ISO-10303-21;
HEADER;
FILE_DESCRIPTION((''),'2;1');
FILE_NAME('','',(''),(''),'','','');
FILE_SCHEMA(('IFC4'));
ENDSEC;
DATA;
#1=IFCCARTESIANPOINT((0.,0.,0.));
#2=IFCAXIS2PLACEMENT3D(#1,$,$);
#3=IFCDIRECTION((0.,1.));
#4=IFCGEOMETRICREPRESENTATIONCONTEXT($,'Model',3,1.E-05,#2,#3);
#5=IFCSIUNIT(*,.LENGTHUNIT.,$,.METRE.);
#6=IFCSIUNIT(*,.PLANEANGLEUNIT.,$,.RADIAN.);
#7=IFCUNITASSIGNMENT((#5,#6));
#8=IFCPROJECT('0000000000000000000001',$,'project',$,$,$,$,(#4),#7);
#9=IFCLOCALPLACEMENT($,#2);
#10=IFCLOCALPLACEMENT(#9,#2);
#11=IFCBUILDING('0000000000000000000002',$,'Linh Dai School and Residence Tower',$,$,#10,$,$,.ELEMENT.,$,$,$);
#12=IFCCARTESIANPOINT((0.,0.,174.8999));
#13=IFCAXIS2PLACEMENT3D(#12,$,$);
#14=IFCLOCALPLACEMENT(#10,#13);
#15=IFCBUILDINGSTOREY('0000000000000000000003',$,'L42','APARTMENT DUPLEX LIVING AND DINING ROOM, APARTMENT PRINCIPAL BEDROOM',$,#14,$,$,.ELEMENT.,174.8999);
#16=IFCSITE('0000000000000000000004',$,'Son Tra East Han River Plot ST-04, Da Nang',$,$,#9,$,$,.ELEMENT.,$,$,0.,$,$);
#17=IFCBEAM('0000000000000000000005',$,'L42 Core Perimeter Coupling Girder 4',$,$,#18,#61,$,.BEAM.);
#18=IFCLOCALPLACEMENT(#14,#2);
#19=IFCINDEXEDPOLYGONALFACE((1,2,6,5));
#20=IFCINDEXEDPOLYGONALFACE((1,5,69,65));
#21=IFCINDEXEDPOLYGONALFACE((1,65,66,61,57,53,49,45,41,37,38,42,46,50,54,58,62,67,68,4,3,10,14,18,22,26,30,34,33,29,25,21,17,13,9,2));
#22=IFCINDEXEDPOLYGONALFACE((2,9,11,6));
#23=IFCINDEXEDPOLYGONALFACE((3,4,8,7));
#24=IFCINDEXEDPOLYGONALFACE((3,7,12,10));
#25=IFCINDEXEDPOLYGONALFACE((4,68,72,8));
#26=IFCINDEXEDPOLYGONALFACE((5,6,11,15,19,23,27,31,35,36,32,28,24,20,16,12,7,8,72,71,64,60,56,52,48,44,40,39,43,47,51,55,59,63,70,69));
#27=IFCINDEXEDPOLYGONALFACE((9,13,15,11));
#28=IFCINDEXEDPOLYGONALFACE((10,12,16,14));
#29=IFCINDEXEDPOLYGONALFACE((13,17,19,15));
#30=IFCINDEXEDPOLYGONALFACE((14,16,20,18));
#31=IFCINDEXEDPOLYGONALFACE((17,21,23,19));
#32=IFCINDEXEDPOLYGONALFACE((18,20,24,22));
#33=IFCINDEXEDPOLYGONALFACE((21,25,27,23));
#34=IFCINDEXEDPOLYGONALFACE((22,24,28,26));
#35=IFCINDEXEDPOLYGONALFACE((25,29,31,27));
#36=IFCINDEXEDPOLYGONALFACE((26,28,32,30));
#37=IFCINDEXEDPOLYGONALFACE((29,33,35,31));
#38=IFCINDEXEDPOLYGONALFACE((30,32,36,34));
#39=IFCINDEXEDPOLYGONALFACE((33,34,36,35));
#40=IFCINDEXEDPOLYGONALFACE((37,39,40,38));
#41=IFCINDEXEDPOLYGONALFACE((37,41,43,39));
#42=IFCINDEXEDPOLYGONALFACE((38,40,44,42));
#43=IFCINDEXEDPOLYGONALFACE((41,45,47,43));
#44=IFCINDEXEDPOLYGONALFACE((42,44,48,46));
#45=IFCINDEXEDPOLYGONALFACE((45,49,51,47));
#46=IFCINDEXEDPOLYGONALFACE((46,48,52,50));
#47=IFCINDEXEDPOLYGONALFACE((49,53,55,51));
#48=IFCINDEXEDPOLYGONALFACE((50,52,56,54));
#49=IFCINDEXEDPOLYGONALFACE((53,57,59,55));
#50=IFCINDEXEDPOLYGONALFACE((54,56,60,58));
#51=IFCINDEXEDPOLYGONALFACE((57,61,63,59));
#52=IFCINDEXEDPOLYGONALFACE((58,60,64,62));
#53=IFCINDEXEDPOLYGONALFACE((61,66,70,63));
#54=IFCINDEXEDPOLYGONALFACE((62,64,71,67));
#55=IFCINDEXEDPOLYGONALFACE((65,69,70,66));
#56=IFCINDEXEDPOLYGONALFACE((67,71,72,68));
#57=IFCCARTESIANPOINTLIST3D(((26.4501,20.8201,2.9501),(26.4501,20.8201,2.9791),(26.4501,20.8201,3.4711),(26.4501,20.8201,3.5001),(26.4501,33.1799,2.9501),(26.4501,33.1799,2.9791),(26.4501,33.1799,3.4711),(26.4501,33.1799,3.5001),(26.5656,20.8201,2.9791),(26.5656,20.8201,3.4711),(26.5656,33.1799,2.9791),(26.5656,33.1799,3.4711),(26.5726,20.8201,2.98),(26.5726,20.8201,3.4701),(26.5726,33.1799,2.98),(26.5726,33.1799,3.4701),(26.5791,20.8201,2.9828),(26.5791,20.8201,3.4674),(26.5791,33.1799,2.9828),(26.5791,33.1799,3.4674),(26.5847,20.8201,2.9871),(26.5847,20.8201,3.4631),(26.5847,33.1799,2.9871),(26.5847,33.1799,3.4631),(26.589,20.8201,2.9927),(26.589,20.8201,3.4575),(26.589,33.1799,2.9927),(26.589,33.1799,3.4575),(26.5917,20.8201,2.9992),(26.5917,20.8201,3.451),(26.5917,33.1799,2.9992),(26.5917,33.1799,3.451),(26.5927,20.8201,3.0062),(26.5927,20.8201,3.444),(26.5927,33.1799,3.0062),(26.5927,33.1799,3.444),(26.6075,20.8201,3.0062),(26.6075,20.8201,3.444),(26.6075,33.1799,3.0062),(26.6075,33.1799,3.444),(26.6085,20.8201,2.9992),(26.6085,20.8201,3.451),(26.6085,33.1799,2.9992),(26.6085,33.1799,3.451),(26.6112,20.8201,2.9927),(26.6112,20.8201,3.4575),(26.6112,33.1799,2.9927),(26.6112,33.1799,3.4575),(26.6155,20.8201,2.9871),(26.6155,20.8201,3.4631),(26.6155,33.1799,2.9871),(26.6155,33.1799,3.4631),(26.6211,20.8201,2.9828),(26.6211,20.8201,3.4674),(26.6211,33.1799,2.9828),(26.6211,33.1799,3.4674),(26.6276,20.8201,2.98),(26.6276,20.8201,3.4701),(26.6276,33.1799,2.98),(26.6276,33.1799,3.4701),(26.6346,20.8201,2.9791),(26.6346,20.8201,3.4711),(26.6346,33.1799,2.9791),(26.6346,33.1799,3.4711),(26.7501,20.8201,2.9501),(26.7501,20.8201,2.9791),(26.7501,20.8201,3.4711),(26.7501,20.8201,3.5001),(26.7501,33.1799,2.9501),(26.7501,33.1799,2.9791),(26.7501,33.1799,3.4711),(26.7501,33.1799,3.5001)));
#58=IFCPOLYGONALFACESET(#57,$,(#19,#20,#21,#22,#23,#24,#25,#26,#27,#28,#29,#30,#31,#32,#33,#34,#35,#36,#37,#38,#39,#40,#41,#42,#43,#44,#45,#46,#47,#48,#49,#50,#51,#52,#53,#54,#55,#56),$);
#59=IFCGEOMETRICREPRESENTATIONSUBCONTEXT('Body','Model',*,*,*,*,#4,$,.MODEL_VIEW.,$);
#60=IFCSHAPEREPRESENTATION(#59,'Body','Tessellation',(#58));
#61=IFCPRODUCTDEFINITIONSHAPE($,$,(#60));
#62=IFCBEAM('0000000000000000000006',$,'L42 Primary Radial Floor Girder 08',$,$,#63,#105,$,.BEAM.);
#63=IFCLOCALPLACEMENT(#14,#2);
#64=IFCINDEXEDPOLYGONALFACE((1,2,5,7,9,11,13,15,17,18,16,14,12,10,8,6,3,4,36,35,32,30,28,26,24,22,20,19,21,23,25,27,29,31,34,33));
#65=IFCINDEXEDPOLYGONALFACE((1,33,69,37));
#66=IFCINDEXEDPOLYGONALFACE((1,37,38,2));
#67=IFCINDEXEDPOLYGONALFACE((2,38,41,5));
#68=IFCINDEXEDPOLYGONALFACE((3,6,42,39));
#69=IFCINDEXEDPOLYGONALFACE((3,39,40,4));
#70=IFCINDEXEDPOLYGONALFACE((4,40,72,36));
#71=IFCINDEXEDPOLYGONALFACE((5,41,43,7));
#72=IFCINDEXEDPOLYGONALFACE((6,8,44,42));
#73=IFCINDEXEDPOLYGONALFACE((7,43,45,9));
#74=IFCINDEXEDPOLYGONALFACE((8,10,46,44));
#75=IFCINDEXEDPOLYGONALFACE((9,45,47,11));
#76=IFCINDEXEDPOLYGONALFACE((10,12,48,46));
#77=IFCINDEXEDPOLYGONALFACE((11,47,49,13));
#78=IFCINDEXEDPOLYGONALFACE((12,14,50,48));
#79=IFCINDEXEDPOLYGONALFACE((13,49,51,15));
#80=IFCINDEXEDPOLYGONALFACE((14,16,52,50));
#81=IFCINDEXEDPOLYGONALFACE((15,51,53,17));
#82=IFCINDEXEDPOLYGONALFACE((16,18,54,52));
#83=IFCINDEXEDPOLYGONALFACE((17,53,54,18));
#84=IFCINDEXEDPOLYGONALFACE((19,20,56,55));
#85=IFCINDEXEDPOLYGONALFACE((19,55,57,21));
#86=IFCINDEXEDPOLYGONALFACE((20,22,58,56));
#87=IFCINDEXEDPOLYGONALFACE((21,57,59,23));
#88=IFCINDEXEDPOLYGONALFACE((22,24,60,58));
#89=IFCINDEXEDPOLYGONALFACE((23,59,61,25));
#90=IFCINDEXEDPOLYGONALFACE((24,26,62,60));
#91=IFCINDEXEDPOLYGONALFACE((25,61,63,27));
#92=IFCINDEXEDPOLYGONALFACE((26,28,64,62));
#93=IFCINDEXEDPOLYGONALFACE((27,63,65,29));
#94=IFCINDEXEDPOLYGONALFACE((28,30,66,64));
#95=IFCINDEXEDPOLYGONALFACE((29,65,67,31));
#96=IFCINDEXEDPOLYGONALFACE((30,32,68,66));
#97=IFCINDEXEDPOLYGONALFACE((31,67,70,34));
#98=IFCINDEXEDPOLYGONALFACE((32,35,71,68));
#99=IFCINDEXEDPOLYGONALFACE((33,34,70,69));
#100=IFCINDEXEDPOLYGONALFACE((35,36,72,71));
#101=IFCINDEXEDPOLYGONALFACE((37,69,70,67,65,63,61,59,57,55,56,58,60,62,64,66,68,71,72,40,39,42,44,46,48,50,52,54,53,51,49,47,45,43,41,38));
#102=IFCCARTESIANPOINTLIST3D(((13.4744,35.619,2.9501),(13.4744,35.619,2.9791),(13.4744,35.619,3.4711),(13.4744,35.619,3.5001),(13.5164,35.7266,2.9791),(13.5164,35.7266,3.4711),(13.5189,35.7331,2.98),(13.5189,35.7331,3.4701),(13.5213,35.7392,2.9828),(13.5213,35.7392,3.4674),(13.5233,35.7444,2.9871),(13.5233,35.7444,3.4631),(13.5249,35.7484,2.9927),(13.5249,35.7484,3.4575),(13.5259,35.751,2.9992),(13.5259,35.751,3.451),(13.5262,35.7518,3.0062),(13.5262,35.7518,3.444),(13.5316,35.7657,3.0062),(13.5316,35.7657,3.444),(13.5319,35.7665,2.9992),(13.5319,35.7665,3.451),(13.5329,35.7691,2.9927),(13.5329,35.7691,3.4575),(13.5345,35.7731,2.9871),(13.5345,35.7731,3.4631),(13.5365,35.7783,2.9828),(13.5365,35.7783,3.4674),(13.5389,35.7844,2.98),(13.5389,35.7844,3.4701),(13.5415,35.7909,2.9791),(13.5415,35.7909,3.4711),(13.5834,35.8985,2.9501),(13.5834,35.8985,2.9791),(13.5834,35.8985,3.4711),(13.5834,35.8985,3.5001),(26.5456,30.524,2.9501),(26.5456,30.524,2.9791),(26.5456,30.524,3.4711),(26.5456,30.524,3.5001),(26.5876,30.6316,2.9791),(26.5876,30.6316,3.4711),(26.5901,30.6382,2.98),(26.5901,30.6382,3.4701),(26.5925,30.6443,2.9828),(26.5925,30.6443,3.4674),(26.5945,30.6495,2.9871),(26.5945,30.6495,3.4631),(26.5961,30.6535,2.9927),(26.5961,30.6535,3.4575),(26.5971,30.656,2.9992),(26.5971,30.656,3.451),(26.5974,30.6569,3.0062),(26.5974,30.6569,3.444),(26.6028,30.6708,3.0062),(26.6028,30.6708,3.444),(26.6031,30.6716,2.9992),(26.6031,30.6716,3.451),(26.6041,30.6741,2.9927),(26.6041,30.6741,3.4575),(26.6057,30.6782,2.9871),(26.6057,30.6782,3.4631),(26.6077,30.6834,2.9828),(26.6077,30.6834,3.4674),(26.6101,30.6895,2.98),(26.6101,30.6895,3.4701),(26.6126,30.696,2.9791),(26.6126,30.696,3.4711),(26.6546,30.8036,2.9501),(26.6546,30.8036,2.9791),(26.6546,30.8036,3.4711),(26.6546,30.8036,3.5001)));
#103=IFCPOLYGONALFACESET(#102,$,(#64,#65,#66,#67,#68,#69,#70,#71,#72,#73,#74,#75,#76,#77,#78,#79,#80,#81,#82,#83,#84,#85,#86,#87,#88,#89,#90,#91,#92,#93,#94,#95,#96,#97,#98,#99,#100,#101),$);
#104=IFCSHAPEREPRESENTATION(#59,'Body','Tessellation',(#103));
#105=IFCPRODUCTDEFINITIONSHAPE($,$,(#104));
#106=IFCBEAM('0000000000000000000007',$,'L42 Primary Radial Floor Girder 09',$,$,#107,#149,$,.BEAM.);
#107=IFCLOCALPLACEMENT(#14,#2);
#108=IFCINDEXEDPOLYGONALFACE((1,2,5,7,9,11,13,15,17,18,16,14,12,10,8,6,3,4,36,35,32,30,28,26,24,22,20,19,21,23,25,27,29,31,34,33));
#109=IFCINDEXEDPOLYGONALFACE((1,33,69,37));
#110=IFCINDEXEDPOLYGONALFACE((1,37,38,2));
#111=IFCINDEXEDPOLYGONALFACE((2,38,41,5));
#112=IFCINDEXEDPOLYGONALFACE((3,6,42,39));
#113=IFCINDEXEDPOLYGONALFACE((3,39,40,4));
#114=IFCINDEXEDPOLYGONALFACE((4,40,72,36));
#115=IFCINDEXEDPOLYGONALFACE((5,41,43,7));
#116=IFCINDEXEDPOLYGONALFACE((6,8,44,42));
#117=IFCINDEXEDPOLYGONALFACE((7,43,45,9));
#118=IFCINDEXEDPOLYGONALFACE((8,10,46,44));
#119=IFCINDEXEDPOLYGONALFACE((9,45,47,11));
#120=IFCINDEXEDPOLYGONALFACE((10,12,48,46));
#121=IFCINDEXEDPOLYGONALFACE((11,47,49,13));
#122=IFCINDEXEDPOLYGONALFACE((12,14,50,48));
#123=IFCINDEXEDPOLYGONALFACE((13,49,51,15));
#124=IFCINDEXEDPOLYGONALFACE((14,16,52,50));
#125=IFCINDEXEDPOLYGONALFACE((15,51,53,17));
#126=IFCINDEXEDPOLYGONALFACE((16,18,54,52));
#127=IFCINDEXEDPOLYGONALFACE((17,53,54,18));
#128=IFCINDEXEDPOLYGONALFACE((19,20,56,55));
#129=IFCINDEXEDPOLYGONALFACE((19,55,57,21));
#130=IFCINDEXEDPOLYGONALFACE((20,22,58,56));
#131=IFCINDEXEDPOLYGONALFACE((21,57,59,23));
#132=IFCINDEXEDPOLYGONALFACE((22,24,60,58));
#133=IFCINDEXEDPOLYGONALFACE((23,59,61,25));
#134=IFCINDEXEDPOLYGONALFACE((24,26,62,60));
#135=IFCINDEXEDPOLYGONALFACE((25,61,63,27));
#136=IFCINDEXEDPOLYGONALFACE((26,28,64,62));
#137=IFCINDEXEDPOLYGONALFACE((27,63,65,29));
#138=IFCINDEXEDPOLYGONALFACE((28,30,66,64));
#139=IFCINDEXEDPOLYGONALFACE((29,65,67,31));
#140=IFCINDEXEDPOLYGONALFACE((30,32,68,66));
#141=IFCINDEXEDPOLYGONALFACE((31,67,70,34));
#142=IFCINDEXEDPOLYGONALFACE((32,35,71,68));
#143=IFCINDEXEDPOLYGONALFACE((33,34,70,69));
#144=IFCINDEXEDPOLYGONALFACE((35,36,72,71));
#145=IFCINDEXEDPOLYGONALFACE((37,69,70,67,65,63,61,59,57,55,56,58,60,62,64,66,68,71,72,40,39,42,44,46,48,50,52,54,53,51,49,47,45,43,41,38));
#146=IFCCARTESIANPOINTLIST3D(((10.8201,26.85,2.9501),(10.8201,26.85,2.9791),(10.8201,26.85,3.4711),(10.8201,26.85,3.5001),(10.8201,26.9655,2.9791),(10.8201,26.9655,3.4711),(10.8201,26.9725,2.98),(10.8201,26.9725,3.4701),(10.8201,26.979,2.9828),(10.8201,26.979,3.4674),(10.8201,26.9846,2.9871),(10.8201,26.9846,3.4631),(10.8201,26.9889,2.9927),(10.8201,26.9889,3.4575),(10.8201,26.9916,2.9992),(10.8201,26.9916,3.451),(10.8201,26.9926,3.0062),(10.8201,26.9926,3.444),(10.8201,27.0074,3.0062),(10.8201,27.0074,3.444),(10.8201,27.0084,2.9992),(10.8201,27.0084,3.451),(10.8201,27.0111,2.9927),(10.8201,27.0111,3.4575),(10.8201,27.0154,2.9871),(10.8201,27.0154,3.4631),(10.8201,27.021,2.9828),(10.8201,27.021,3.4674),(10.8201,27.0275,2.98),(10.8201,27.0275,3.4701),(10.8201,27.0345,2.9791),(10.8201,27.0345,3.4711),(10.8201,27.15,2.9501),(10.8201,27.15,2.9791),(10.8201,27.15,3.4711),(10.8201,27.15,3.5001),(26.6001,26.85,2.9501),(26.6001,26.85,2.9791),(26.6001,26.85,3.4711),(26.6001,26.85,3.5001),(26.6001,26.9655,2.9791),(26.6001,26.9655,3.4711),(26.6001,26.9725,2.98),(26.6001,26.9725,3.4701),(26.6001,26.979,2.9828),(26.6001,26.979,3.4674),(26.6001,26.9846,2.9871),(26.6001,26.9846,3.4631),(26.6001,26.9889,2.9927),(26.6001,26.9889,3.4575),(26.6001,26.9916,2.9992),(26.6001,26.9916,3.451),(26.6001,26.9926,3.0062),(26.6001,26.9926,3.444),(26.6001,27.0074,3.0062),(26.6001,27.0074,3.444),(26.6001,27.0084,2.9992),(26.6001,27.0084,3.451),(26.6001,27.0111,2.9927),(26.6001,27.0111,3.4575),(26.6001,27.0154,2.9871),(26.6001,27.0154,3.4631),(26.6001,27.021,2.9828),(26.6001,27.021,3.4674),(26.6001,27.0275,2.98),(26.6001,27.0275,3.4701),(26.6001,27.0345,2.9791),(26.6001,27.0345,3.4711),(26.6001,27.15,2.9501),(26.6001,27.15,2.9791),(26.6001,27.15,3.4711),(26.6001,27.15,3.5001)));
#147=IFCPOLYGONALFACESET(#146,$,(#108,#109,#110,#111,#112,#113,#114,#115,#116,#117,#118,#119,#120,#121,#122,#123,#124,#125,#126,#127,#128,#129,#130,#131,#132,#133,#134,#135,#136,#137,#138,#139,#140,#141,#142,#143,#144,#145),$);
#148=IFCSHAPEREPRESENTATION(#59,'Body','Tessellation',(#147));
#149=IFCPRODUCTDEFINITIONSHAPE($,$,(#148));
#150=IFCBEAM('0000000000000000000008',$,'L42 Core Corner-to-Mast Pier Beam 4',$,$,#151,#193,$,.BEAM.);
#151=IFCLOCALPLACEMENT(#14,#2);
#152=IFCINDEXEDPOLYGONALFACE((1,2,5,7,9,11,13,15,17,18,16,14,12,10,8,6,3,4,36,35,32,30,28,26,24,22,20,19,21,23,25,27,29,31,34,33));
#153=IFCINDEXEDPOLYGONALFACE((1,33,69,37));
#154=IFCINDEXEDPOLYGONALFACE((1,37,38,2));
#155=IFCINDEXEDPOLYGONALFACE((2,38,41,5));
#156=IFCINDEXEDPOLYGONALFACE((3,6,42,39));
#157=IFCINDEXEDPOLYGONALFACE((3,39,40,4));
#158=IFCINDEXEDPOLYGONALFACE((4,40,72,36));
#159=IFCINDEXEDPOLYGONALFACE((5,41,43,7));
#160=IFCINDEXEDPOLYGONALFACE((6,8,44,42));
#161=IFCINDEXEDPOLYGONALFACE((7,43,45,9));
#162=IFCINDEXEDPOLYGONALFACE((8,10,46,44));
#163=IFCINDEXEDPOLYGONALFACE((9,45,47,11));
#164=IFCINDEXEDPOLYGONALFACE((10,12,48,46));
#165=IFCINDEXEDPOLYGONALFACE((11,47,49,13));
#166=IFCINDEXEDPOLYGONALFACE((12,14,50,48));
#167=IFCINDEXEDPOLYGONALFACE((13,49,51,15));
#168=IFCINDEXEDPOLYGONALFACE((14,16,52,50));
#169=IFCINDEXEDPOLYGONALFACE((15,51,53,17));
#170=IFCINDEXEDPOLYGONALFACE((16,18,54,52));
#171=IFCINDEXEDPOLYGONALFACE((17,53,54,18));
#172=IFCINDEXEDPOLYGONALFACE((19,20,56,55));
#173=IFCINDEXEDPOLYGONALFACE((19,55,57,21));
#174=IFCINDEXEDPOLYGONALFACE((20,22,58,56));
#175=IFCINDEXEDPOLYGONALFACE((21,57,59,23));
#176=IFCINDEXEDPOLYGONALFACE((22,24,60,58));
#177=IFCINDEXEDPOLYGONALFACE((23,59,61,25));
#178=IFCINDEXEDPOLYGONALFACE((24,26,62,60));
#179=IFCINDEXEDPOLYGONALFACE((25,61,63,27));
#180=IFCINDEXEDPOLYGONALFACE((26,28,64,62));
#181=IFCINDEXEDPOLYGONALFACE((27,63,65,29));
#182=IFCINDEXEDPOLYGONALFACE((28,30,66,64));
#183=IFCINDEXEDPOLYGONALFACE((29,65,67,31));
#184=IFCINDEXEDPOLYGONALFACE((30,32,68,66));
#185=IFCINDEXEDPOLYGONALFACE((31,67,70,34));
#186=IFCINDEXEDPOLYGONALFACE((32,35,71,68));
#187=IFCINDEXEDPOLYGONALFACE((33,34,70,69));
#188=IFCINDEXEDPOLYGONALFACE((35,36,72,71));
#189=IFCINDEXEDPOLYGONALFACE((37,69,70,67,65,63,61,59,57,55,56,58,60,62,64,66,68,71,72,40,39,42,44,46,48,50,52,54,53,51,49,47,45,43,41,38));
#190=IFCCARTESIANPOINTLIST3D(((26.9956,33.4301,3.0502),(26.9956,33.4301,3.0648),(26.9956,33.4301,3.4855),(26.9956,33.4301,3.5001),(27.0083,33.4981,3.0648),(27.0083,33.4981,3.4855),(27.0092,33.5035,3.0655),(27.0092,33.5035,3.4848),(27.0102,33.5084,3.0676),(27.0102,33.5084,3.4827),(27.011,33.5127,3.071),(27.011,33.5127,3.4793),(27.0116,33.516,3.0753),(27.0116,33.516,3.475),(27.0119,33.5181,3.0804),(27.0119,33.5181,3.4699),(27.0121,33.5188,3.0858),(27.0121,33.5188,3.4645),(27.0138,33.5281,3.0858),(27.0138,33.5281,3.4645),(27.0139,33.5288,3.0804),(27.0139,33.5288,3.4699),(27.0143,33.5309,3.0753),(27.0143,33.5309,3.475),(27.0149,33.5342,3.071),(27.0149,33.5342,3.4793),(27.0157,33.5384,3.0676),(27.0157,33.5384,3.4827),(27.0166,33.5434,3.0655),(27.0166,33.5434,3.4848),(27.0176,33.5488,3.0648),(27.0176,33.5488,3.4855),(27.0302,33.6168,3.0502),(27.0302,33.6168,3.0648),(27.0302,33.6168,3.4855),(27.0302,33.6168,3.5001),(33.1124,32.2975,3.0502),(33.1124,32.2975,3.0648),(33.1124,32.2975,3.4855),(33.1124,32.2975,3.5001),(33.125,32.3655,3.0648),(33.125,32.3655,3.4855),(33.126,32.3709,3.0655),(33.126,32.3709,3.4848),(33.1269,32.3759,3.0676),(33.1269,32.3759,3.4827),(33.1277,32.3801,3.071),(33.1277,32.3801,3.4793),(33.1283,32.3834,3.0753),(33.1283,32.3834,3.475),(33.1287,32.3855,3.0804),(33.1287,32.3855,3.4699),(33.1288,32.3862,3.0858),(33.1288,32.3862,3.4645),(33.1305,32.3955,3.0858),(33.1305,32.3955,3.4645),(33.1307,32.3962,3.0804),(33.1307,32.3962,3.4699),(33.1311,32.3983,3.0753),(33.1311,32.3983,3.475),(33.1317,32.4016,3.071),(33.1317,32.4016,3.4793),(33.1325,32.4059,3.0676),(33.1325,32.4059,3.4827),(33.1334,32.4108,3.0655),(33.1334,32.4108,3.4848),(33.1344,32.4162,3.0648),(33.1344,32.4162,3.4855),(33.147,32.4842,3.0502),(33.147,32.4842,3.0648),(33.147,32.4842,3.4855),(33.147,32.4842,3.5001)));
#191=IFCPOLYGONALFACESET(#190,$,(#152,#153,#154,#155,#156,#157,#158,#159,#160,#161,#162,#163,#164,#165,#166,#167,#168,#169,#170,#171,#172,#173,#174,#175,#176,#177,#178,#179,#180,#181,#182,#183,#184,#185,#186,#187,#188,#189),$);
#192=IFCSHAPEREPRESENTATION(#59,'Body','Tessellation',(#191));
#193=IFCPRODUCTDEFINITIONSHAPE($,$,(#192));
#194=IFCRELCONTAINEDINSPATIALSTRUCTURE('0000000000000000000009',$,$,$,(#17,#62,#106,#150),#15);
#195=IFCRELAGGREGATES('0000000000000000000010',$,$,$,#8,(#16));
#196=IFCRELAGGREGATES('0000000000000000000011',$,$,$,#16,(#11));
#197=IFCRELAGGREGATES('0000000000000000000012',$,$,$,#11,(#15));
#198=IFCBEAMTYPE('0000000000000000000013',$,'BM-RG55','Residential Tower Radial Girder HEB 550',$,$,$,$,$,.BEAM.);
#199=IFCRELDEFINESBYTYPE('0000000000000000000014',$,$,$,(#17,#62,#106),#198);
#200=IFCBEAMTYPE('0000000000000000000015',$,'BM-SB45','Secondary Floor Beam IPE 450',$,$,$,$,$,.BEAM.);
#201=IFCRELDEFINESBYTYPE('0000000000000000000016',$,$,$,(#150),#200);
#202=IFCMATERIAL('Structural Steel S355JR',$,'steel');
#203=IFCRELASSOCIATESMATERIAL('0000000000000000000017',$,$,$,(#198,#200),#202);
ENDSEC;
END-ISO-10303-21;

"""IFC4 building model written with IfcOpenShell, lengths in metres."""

from ifc_helpers import new_model, si_unit, direction, frame, origin, origin_2d, place, context, subcontext, project, spatial, i_section, extrude, material, material_profile, profile_set, type_object, element, save


model = new_model("IFC4")

# Units and contexts
model_context = context("Model", 3, precision=1e-05, world=origin(), true_north=direction((0.0, 1.0)))
body_context = subcontext(model_context, "Body", "Model", "MODEL_VIEW")
ifc_project = project(units=[si_unit("LENGTHUNIT", "METRE"), si_unit("PLANEANGLEUNIT", "RADIAN")], contexts=[model_context])

# Site, building, storey
site_placement = place(None, origin())
site = spatial("IfcSite", under=ifc_project, at=site_placement, Name="Son Tra East Han River Plot ST-04, Da Nang", CompositionType="ELEMENT", RefElevation=0.0)
building_placement = place(site_placement, origin())
building = spatial("IfcBuilding", under=site, at=building_placement, Name="Linh Dai School and Residence Tower", CompositionType="ELEMENT")
storey_placement = place(building_placement, frame((0.0, 0.0, 174.8999)))
storey = spatial("IfcBuildingStorey", under=building, at=storey_placement, Name="L42", Description="APARTMENT DUPLEX LIVING AND DINING ROOM, APARTMENT PRINCIPAL BEDROOM", CompositionType="ELEMENT", Elevation=174.8999)

# Shared definitions
ifc_material_1 = material(Name="Structural Steel S355JR", Category="steel")

# Beams
ifc_material_profile_1 = material_profile(ifc_material_1, i_section(OverallWidth=0.3, OverallDepth=0.55, WebThickness=0.0149, FlangeThickness=0.0291, FilletRadius=0.0271, at=origin_2d()), Name="HEB 550")
ifc_profile_set_1 = profile_set([ifc_material_profile_1], Name="Structural Steel S355JR")
beam_type_1 = type_object("IfcBeamType", Name="BM-RG55", Description="Residential Tower Radial Girder HEB 550", PredefinedType="BEAM", material=ifc_profile_set_1)
beam_1_placement = place(storey_placement, frame((26.6001, 33.1799, 3.2251), z_axis=(0.0, -1.0, 0.0), x_axis=(1.0, 0.0, 0.0)))
element("IfcBeam", 1, at=beam_1_placement, inside=storey, type_object=beam_type_1, Name="L42 Core Perimeter Coupling Girder 4", PredefinedType="BEAM", context=body_context, shape_type="SweptSolid", body=[
    extrude(i_section(OverallWidth=0.3, OverallDepth=0.55, WebThickness=0.0149, FlangeThickness=0.0291, FilletRadius=0.0271, at=origin_2d()), origin(), (0.0, 0.0, 1.0), 12.3599),
])
beam_2_placement = place(storey_placement, frame((26.6001, 30.6638, 3.2251), z_axis=(-0.931723, 0.36317, 0.0), x_axis=(-0.36317, -0.931723, 0.0)))
element("IfcBeam", 2, at=beam_2_placement, inside=storey, type_object=beam_type_1, Name="L42 Primary Radial Floor Girder 08", PredefinedType="BEAM", context=body_context, shape_type="SweptSolid", body=[
    extrude(i_section(OverallWidth=0.3, OverallDepth=0.55, WebThickness=0.0149, FlangeThickness=0.0291, FilletRadius=0.0271, at=origin_2d()), origin(), (0.0, 0.0, 1.0), 14.0291),
])
beam_3_placement = place(storey_placement, frame((26.6001, 27.0, 3.2251), z_axis=(-1.0, 0.0, 0.0), x_axis=(0.0, -1.0, 0.0)))
element("IfcBeam", 3, at=beam_3_placement, inside=storey, type_object=beam_type_1, Name="L42 Primary Radial Floor Girder 09", PredefinedType="BEAM", context=body_context, shape_type="SweptSolid", body=[
    extrude(i_section(OverallWidth=0.3, OverallDepth=0.55, WebThickness=0.0149, FlangeThickness=0.0291, FilletRadius=0.0271, at=origin_2d()), origin(), (0.0, 0.0, 1.0), 15.78),
])
ifc_material_profile_2 = material_profile(ifc_material_1, i_section(OverallWidth=0.1899, OverallDepth=0.45, WebThickness=0.0095, FlangeThickness=0.0146, FilletRadius=0.021, at=origin_2d()), Name="IPE 450")
ifc_profile_set_2 = profile_set([ifc_material_profile_2], Name="Structural Steel S355JR")
beam_type_2 = type_object("IfcBeamType", Name="BM-SB45", Description="Secondary Floor Beam IPE 450", PredefinedType="BEAM", material=ifc_profile_set_2)
beam_4_placement = place(storey_placement, frame((27.0129, 33.5234, 3.2751), z_axis=(0.983286, -0.182065, 0.0), x_axis=(0.182065, 0.983286, 0.0)))
element("IfcBeam", 4, at=beam_4_placement, inside=storey, type_object=beam_type_2, Name="L42 Core Corner-to-Mast Pier Beam 4", PredefinedType="BEAM", context=body_context, shape_type="SweptSolid", body=[
    extrude(i_section(OverallWidth=0.1899, OverallDepth=0.45, WebThickness=0.0095, FlangeThickness=0.0146, FilletRadius=0.021, at=origin_2d()), origin(), (0.0, 0.0, 1.0), 6.2207),
])

save(model, "model.ifc")
